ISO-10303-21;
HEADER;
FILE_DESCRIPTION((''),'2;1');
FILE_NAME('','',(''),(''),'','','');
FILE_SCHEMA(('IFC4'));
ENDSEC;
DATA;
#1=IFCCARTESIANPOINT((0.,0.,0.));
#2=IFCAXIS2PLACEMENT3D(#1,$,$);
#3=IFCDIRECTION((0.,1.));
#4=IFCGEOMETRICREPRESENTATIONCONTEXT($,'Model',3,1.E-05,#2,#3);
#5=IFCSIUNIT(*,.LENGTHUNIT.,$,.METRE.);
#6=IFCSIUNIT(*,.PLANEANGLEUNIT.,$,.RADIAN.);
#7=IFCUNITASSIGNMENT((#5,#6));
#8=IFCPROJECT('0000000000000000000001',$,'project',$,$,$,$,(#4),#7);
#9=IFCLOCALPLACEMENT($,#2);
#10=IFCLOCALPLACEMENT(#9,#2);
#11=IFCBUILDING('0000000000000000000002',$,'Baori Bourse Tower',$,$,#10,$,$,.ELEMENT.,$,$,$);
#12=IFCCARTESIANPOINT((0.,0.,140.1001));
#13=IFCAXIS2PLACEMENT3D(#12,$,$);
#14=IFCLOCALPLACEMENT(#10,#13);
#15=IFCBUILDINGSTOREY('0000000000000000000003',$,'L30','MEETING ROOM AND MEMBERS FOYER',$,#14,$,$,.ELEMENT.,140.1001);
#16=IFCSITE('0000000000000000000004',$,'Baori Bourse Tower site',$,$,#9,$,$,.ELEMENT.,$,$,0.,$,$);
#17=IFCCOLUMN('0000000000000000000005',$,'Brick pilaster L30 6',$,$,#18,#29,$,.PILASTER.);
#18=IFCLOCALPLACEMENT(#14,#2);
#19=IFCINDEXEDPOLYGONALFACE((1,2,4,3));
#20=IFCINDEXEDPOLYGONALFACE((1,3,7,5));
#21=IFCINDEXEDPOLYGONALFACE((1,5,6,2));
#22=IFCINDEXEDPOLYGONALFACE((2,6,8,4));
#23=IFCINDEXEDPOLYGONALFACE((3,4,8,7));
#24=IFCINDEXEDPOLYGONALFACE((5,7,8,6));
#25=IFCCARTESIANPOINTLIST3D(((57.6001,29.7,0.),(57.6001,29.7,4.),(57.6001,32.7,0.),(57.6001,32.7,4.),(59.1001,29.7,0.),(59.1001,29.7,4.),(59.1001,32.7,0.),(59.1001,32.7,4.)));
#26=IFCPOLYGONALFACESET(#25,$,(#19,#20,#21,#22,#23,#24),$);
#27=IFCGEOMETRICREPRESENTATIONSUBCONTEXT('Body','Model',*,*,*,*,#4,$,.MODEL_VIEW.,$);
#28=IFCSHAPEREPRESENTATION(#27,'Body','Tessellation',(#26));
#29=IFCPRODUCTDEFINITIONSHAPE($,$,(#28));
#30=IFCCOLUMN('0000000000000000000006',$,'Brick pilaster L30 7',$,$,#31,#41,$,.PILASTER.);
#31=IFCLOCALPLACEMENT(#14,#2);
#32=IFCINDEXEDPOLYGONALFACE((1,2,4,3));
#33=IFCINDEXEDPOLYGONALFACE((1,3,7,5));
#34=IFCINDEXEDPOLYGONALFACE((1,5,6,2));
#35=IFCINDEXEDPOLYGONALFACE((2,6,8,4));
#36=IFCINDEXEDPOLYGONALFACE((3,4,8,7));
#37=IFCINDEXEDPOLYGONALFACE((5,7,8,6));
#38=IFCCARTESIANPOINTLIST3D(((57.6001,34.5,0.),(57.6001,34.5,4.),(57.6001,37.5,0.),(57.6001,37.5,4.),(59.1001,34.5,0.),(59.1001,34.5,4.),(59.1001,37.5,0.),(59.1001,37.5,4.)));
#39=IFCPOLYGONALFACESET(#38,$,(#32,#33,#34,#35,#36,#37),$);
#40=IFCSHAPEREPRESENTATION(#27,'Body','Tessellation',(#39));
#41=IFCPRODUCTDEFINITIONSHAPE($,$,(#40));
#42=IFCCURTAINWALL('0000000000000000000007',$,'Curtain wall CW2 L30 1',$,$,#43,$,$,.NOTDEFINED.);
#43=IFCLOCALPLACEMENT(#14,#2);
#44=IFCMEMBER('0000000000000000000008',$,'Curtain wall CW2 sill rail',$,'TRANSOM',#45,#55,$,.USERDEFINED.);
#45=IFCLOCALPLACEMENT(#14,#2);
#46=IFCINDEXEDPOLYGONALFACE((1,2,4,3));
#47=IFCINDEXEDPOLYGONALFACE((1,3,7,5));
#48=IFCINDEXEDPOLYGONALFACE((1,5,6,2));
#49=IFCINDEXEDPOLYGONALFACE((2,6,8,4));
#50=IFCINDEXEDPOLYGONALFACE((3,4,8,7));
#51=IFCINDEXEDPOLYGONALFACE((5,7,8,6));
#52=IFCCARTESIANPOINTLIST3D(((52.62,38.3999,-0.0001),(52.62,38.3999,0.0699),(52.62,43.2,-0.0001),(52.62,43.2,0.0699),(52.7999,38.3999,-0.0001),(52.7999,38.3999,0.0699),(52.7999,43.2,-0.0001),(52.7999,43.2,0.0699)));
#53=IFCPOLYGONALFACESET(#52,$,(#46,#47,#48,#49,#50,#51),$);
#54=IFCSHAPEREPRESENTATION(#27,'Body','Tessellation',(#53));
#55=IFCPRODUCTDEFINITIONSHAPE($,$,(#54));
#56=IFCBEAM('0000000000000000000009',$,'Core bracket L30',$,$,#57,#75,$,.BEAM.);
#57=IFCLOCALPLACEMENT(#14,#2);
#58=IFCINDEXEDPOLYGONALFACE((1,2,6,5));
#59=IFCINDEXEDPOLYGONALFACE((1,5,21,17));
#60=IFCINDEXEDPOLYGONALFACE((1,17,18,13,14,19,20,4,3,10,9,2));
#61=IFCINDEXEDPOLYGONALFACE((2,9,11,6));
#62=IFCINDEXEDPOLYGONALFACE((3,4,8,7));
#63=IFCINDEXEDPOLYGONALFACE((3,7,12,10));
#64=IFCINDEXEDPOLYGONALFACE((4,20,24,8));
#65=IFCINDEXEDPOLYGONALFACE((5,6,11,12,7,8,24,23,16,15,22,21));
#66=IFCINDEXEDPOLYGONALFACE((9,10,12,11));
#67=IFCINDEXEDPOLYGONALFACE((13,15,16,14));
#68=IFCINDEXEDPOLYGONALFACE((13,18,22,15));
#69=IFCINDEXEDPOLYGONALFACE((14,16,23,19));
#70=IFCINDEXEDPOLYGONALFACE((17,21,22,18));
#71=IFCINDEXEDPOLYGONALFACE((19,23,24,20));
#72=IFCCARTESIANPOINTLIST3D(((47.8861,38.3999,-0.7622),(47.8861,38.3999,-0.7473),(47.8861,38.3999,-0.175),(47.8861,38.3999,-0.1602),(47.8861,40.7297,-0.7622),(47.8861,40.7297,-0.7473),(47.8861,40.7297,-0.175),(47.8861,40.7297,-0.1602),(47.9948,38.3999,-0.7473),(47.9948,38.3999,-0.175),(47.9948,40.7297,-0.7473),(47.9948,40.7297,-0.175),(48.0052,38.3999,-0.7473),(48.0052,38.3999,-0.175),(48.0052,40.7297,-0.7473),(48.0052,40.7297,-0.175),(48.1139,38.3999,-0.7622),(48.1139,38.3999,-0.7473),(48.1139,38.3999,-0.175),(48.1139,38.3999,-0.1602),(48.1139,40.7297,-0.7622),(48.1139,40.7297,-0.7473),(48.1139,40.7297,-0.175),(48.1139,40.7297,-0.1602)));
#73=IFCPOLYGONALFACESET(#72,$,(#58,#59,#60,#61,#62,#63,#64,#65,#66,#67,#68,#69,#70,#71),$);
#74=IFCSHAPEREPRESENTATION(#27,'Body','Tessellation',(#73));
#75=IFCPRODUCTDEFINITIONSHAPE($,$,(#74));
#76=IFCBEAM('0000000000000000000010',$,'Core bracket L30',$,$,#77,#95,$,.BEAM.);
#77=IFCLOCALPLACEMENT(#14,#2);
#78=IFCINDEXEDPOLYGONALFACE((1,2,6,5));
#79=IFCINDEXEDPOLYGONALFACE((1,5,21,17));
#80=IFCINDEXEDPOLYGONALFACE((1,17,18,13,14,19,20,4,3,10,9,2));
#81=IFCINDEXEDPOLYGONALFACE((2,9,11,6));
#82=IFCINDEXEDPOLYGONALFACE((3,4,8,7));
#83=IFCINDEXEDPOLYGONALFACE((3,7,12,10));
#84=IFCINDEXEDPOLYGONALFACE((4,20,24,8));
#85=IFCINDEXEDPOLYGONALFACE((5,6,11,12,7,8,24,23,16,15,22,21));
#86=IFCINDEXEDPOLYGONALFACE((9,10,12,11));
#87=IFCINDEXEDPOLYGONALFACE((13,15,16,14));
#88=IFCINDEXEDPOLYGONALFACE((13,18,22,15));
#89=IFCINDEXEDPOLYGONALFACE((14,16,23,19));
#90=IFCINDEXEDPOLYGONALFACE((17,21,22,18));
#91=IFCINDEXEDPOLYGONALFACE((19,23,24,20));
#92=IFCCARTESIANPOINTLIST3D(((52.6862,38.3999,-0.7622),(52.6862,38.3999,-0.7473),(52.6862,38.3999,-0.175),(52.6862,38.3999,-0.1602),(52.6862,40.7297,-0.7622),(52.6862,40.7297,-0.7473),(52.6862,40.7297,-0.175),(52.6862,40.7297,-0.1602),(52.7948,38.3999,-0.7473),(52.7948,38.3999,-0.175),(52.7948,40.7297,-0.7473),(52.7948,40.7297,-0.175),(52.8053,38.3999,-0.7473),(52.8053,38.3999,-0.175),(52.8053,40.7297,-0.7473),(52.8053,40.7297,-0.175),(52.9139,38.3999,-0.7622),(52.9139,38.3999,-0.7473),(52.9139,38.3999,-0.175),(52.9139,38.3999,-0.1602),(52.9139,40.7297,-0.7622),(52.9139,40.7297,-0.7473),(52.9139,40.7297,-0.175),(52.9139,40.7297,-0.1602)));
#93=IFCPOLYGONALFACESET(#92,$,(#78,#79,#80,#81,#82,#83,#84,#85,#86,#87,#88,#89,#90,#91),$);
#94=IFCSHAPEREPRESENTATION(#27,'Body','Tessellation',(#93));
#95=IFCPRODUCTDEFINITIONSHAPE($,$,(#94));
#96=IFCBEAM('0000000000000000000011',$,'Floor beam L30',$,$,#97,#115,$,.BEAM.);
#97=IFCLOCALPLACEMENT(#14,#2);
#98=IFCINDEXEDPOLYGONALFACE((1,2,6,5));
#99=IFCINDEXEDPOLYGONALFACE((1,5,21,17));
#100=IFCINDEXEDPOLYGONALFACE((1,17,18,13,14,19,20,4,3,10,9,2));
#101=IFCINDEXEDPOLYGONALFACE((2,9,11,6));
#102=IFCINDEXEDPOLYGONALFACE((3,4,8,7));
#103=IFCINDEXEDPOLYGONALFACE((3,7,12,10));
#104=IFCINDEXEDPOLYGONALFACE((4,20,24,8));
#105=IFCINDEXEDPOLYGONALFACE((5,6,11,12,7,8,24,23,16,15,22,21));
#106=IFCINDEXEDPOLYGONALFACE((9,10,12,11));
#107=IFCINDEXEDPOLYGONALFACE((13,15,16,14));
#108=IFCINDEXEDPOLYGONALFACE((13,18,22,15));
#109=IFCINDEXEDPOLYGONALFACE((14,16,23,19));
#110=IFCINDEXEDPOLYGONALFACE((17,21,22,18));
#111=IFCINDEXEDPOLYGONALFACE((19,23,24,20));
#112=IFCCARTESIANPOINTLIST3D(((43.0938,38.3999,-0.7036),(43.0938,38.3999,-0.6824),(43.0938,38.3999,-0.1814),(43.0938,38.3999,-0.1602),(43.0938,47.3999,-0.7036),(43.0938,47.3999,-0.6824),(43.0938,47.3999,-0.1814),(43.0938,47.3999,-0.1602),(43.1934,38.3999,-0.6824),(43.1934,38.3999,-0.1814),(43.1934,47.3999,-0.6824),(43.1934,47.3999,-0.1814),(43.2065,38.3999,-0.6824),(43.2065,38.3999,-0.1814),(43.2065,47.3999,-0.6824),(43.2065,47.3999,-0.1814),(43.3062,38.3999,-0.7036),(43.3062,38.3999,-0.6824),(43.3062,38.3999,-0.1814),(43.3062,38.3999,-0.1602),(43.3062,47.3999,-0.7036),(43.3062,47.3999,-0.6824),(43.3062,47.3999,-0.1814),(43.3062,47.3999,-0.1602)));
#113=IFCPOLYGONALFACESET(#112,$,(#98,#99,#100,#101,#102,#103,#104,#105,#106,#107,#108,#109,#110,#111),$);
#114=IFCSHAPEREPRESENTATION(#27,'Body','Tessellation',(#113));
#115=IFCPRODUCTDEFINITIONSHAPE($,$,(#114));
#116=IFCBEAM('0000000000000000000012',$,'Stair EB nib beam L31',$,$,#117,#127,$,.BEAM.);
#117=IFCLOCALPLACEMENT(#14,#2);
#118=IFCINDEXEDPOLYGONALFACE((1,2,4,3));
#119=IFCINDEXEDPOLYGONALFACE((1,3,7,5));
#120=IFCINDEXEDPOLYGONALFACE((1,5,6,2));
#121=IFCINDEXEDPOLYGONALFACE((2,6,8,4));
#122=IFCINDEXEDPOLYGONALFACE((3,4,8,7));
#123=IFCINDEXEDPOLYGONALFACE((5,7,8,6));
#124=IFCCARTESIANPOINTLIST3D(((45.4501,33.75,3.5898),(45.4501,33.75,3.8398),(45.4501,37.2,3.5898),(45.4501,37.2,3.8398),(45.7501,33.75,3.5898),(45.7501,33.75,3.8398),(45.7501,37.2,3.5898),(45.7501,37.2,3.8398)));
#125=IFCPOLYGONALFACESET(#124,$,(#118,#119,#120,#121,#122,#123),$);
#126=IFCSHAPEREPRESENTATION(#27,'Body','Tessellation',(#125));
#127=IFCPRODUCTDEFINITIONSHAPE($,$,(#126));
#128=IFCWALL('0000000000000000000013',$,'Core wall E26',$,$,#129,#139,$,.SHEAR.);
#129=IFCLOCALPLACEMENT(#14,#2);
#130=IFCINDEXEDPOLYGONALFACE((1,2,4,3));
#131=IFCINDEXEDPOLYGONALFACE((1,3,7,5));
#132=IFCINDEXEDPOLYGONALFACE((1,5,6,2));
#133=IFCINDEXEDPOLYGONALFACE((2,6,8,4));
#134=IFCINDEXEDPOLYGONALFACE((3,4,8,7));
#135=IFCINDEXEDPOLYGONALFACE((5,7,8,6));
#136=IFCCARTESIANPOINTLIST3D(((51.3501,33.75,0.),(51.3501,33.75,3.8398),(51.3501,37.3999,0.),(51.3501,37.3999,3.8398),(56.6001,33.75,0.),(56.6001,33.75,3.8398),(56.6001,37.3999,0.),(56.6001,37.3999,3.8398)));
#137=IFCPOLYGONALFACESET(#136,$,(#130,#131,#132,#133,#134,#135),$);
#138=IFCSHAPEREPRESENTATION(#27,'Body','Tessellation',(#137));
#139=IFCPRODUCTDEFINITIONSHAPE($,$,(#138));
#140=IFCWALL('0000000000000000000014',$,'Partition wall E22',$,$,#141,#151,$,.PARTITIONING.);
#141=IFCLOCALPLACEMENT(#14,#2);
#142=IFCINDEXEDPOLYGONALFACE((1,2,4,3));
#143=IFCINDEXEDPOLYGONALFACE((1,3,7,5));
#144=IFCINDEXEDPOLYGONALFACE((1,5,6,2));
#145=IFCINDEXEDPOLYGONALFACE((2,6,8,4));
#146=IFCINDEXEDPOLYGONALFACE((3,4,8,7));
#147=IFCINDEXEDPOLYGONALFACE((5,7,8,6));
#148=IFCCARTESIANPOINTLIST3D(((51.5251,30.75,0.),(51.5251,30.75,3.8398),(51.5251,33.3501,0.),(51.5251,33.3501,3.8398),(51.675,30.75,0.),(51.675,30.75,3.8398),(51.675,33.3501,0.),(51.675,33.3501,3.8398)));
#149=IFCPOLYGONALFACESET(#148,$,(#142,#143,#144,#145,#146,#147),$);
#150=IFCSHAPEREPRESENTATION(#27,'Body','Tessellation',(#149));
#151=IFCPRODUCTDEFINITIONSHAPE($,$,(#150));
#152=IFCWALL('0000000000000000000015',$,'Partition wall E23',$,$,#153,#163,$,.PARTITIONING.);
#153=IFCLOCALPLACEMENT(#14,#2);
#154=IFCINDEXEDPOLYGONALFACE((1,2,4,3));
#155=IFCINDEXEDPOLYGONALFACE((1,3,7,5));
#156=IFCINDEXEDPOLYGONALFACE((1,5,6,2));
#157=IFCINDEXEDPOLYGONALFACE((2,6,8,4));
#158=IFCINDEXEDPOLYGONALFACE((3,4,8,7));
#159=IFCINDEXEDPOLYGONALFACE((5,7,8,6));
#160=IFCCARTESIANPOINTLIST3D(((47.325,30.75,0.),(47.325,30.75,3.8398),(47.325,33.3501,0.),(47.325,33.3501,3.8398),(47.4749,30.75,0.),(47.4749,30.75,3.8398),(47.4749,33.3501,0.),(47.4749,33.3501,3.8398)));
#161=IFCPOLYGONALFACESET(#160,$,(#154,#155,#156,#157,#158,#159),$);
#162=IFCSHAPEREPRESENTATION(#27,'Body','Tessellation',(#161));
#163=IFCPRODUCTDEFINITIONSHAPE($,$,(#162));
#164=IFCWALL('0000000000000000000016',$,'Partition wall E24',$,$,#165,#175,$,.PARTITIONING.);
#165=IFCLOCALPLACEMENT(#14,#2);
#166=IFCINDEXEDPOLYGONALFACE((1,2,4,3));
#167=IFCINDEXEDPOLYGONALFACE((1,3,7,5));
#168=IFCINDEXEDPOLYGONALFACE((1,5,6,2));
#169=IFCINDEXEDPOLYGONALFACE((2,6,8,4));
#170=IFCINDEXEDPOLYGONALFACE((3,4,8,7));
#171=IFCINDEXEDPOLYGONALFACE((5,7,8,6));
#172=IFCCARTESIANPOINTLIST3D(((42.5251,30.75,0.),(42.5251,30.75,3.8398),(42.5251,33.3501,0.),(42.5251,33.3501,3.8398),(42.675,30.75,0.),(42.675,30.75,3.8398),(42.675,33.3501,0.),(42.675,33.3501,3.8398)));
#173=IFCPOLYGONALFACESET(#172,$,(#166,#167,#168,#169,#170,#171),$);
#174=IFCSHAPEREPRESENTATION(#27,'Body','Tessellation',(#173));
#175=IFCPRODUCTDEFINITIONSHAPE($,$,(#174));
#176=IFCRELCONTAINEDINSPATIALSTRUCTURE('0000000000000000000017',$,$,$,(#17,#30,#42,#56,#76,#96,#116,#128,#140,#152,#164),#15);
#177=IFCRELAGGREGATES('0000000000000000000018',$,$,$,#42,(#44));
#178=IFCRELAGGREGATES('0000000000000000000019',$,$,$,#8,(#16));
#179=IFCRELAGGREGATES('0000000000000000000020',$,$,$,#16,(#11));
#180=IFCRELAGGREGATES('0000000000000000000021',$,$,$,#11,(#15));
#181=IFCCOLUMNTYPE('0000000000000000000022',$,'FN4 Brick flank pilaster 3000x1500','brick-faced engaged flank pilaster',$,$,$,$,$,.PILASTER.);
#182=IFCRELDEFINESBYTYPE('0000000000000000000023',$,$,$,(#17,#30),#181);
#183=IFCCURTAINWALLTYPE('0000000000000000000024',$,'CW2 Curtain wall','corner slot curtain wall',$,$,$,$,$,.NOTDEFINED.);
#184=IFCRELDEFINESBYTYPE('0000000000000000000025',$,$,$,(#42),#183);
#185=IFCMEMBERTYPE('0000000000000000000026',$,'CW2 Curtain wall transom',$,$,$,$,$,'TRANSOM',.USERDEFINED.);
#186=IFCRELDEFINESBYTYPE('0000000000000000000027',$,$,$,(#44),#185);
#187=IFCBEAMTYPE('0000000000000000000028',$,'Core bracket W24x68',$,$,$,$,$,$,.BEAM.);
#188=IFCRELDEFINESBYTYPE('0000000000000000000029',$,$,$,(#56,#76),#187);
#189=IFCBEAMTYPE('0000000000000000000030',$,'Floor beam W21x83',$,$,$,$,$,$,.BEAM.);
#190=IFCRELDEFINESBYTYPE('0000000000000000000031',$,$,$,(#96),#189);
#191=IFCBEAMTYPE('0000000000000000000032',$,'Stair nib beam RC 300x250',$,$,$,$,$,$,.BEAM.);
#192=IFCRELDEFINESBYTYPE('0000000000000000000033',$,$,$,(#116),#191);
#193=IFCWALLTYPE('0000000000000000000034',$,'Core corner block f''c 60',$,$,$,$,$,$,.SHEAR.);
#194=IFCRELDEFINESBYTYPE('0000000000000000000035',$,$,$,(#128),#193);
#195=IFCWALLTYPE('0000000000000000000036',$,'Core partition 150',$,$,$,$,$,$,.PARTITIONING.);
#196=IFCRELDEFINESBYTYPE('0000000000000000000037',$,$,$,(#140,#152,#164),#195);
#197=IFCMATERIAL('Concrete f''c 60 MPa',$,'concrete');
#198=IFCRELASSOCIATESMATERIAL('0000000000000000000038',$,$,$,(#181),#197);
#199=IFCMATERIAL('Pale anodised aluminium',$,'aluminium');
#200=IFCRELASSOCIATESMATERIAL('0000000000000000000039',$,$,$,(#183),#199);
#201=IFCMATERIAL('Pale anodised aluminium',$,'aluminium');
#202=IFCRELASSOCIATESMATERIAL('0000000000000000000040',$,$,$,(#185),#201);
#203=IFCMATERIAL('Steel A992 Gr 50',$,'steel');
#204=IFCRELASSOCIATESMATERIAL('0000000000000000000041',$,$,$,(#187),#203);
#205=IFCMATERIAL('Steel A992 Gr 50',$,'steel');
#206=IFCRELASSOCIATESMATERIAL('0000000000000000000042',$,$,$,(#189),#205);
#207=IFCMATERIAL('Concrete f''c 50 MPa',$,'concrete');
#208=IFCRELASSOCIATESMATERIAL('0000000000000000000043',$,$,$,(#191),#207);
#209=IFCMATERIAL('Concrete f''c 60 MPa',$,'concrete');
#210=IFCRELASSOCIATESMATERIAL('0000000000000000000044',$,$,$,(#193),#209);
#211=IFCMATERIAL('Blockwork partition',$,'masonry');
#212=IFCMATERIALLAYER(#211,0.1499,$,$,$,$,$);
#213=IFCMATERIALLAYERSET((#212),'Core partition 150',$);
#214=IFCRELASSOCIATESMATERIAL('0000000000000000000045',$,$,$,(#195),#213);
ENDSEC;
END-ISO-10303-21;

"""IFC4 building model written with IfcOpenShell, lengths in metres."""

from ifc_helpers import new_model, si_unit, direction, frame, frame_2d, origin, origin_2d, place, context, subcontext, project, spatial, rectangle, i_section, extrude, material, layer, layer_set, material_profile, profile_set, type_object, element, aggregate, save


model = new_model("IFC4")

# Units and contexts
model_context = context("Model", 3, precision=1e-05, world=origin(), true_north=direction((0.0, 1.0)))
body_context = subcontext(model_context, "Body", "Model", "MODEL_VIEW")
ifc_project = project(units=[si_unit("LENGTHUNIT", "METRE"), si_unit("PLANEANGLEUNIT", "RADIAN")], contexts=[model_context])

# Site, building, storey
site_placement = place(None, origin())
site = spatial("IfcSite", under=ifc_project, at=site_placement, Name="Baori Bourse Tower site", CompositionType="ELEMENT", RefElevation=0.0)
building_placement = place(site_placement, origin())
building = spatial("IfcBuilding", under=site, at=building_placement, Name="Baori Bourse Tower", CompositionType="ELEMENT")
storey_placement = place(building_placement, frame((0.0, 0.0, 140.1001)))
storey = spatial("IfcBuildingStorey", under=building, at=storey_placement, Name="L30", Description="MEETING ROOM AND MEMBERS FOYER", CompositionType="ELEMENT", Elevation=140.1001)

# Columns
ifc_material_1 = material(Name="Concrete f'c 60 MPa", Category="concrete")
ifc_material_profile_1 = material_profile(ifc_material_1, rectangle(XDim=3.0, YDim=1.5, at=origin_2d()), Name="RC 3000x1500")
ifc_profile_set_1 = profile_set([ifc_material_profile_1], Name="Concrete f'c 60 MPa")
column_type = type_object("IfcColumnType", Name="FN4 Brick flank pilaster 3000x1500", Description="brick-faced engaged flank pilaster", PredefinedType="PILASTER", material=ifc_profile_set_1)
for number, where, z_axis, x_axis, name in (
    (1, (58.3501, 31.2, 0.0), (0.0, 0.0, 1.0), (0.0, 1.0, 0.0), "Brick pilaster L30 6"),
    (2, (58.3501, 36.0, 0.0), (0.0, 0.0, 1.0), (0.0, 1.0, 0.0), "Brick pilaster L30 7"),
):
    element("IfcColumn", number, at=place(storey_placement, frame(where, z_axis=z_axis, x_axis=x_axis)), inside=storey, type_object=column_type, Name=name, PredefinedType="PILASTER", context=body_context, shape_type="SweptSolid", body=[
        extrude(rectangle(XDim=3.0, YDim=1.5, at=origin_2d()), origin(), (0.0, 0.0, 1.0), 4.0),
    ])

# Curtain wall, member
ifc_material_2 = material(Name="Pale anodised aluminium", Category="aluminium")
curtain_wall_type = type_object("IfcCurtainWallType", Name="CW2 Curtain wall", Description="corner slot curtain wall", PredefinedType="NOTDEFINED", material=ifc_material_2)
curtain_wall_placement = place(storey_placement, origin())
curtain_wall = element("IfcCurtainWall", 3, at=curtain_wall_placement, inside=storey, type_object=curtain_wall_type, Name="Curtain wall CW2 L30 1", PredefinedType="NOTDEFINED")
ifc_material_3 = material(Name="Pale anodised aluminium", Category="aluminium")
ifc_material_profile_2 = material_profile(ifc_material_3, rectangle(XDim=0.1799, YDim=0.0701, at=origin_2d()), Name="Transom 70x180")
ifc_profile_set_2 = profile_set([ifc_material_profile_2], Name="Pale anodised aluminium")
member_type = type_object("IfcMemberType", Name="CW2 Curtain wall transom", ElementType="TRANSOM", PredefinedType="USERDEFINED", material=ifc_profile_set_2)
member_placement = place(storey_placement, frame((52.71, 38.3999, 0.0349), z_axis=(0.0, 1.0, 0.0), x_axis=(-1.0, 0.0, 0.0)))
member = element("IfcMember", 4, at=member_placement, type_object=member_type, Name="Curtain wall CW2 sill rail", ObjectType="TRANSOM", PredefinedType="USERDEFINED", context=body_context, shape_type="SweptSolid", body=[
    extrude(rectangle(XDim=0.1799, YDim=0.0701, at=origin_2d()), origin(), (0.0, 0.0, 1.0), 4.8),
])
aggregate(curtain_wall, [member])

# Beams
ifc_material_4 = material(Name="Steel A992 Gr 50", Category="steel")
ifc_material_profile_3 = material_profile(ifc_material_4, i_section(OverallWidth=0.2278, OverallDepth=0.6021, WebThickness=0.0105, FlangeThickness=0.0149, at=origin_2d()), Name="W24x68")
ifc_profile_set_3 = profile_set([ifc_material_profile_3], Name="Steel A992 Gr 50")
beam_type_1 = type_object("IfcBeamType", Name="Core bracket W24x68", PredefinedType="BEAM", material=ifc_profile_set_3)
for number, where, z_axis, x_axis, name in (
    (5, (48.0, 38.3999, -0.4612), (0.0, 1.0, 0.0), (-1.0, 0.0, 0.0), "Core bracket L30"),
    (6, (52.8, 38.3999, -0.4612), (0.0, 1.0, 0.0), (-1.0, 0.0, 0.0), "Core bracket L30"),
):
    element("IfcBeam", number, at=place(storey_placement, frame(where, z_axis=z_axis, x_axis=x_axis)), inside=storey, type_object=beam_type_1, Name=name, PredefinedType="BEAM", context=body_context, shape_type="SweptSolid", body=[
        extrude(i_section(OverallWidth=0.2278, OverallDepth=0.6021, WebThickness=0.0105, FlangeThickness=0.0149, at=origin_2d()), origin(), (0.0, 0.0, 1.0), 2.3298),
    ])
ifc_material_5 = material(Name="Steel A992 Gr 50", Category="steel")
ifc_material_profile_4 = material_profile(ifc_material_5, i_section(OverallWidth=0.2124, OverallDepth=0.5435, WebThickness=0.0132, FlangeThickness=0.0212, at=origin_2d()), Name="W21x83")
ifc_profile_set_4 = profile_set([ifc_material_profile_4], Name="Steel A992 Gr 50")
beam_type_2 = type_object("IfcBeamType", Name="Floor beam W21x83", PredefinedType="BEAM", material=ifc_profile_set_4)
beam_1_placement = place(storey_placement, frame((43.2, 38.3999, -0.4319), z_axis=(0.0, 1.0, 0.0), x_axis=(-1.0, 0.0, 0.0)))
element("IfcBeam", 7, at=beam_1_placement, inside=storey, type_object=beam_type_2, Name="Floor beam L30", PredefinedType="BEAM", context=body_context, shape_type="SweptSolid", body=[
    extrude(i_section(OverallWidth=0.2124, OverallDepth=0.5435, WebThickness=0.0132, FlangeThickness=0.0212, at=origin_2d()), origin(), (0.0, 0.0, 1.0), 9.0),
])
ifc_material_6 = material(Name="Concrete f'c 50 MPa", Category="concrete")
ifc_material_profile_5 = material_profile(ifc_material_6, rectangle(XDim=0.3, YDim=0.25, at=origin_2d()), Name="RC 300x250")
ifc_profile_set_5 = profile_set([ifc_material_profile_5], Name="Concrete f'c 50 MPa")
beam_type_3 = type_object("IfcBeamType", Name="Stair nib beam RC 300x250", PredefinedType="BEAM", material=ifc_profile_set_5)
beam_2_placement = place(storey_placement, frame((45.6001, 33.75, 3.7148), z_axis=(0.0, 1.0, 0.0), x_axis=(-1.0, 0.0, 0.0)))
element("IfcBeam", 8, at=beam_2_placement, inside=storey, type_object=beam_type_3, Name="Stair EB nib beam L31", PredefinedType="BEAM", context=body_context, shape_type="SweptSolid", body=[
    extrude(rectangle(XDim=0.3, YDim=0.25, at=origin_2d()), origin(), (0.0, 0.0, 1.0), 3.45),
])

# Walls
ifc_material_7 = material(Name="Concrete f'c 60 MPa", Category="concrete")
wall_type_1 = type_object("IfcWallType", Name="Core corner block f'c 60", PredefinedType="SHEAR", material=ifc_material_7)
wall_1_placement = place(storey_placement, frame((51.3501, 35.575, 0.0), z_axis=(0.0, 0.0, 1.0), x_axis=(1.0, 0.0, 0.0)))
element("IfcWall", 9, at=wall_1_placement, inside=storey, type_object=wall_type_1, Name="Core wall E26", PredefinedType="SHEAR", context=body_context, shape_type="SweptSolid", body=[
    extrude(rectangle(XDim=5.25, YDim=3.6499, at=frame_2d((2.625, 0.0))), origin(), (0.0, 0.0, 1.0), 3.8398),
])
ifc_material_8 = material(Name="Blockwork partition", Category="masonry")
ifc_layer_1 = layer(ifc_material_8, 0.1499)
ifc_layer_set_1 = layer_set([ifc_layer_1], Name="Core partition 150")
wall_type_2 = type_object("IfcWallType", Name="Core partition 150", PredefinedType="PARTITIONING", material=ifc_layer_set_1)
for number, where, z_axis, x_axis, name in (
    (10, (51.6001, 30.75, 0.0), (0.0, 0.0, 1.0), (0.0, 1.0, 0.0), "Partition wall E22"),
    (11, (47.3999, 30.75, 0.0), (0.0, 0.0, 1.0), (0.0, 1.0, 0.0), "Partition wall E23"),
    (12, (42.6001, 30.75, 0.0), (0.0, 0.0, 1.0), (0.0, 1.0, 0.0), "Partition wall E24"),
):
    element("IfcWall", number, at=place(storey_placement, frame(where, z_axis=z_axis, x_axis=x_axis)), inside=storey, type_object=wall_type_2, Name=name, PredefinedType="PARTITIONING", context=body_context, shape_type="SweptSolid", body=[
        extrude(rectangle(XDim=2.6001, YDim=0.1499, at=frame_2d((1.3, 0.0))), origin(), (0.0, 0.0, 1.0), 3.8398),
    ])

save(model, "model.ifc")
